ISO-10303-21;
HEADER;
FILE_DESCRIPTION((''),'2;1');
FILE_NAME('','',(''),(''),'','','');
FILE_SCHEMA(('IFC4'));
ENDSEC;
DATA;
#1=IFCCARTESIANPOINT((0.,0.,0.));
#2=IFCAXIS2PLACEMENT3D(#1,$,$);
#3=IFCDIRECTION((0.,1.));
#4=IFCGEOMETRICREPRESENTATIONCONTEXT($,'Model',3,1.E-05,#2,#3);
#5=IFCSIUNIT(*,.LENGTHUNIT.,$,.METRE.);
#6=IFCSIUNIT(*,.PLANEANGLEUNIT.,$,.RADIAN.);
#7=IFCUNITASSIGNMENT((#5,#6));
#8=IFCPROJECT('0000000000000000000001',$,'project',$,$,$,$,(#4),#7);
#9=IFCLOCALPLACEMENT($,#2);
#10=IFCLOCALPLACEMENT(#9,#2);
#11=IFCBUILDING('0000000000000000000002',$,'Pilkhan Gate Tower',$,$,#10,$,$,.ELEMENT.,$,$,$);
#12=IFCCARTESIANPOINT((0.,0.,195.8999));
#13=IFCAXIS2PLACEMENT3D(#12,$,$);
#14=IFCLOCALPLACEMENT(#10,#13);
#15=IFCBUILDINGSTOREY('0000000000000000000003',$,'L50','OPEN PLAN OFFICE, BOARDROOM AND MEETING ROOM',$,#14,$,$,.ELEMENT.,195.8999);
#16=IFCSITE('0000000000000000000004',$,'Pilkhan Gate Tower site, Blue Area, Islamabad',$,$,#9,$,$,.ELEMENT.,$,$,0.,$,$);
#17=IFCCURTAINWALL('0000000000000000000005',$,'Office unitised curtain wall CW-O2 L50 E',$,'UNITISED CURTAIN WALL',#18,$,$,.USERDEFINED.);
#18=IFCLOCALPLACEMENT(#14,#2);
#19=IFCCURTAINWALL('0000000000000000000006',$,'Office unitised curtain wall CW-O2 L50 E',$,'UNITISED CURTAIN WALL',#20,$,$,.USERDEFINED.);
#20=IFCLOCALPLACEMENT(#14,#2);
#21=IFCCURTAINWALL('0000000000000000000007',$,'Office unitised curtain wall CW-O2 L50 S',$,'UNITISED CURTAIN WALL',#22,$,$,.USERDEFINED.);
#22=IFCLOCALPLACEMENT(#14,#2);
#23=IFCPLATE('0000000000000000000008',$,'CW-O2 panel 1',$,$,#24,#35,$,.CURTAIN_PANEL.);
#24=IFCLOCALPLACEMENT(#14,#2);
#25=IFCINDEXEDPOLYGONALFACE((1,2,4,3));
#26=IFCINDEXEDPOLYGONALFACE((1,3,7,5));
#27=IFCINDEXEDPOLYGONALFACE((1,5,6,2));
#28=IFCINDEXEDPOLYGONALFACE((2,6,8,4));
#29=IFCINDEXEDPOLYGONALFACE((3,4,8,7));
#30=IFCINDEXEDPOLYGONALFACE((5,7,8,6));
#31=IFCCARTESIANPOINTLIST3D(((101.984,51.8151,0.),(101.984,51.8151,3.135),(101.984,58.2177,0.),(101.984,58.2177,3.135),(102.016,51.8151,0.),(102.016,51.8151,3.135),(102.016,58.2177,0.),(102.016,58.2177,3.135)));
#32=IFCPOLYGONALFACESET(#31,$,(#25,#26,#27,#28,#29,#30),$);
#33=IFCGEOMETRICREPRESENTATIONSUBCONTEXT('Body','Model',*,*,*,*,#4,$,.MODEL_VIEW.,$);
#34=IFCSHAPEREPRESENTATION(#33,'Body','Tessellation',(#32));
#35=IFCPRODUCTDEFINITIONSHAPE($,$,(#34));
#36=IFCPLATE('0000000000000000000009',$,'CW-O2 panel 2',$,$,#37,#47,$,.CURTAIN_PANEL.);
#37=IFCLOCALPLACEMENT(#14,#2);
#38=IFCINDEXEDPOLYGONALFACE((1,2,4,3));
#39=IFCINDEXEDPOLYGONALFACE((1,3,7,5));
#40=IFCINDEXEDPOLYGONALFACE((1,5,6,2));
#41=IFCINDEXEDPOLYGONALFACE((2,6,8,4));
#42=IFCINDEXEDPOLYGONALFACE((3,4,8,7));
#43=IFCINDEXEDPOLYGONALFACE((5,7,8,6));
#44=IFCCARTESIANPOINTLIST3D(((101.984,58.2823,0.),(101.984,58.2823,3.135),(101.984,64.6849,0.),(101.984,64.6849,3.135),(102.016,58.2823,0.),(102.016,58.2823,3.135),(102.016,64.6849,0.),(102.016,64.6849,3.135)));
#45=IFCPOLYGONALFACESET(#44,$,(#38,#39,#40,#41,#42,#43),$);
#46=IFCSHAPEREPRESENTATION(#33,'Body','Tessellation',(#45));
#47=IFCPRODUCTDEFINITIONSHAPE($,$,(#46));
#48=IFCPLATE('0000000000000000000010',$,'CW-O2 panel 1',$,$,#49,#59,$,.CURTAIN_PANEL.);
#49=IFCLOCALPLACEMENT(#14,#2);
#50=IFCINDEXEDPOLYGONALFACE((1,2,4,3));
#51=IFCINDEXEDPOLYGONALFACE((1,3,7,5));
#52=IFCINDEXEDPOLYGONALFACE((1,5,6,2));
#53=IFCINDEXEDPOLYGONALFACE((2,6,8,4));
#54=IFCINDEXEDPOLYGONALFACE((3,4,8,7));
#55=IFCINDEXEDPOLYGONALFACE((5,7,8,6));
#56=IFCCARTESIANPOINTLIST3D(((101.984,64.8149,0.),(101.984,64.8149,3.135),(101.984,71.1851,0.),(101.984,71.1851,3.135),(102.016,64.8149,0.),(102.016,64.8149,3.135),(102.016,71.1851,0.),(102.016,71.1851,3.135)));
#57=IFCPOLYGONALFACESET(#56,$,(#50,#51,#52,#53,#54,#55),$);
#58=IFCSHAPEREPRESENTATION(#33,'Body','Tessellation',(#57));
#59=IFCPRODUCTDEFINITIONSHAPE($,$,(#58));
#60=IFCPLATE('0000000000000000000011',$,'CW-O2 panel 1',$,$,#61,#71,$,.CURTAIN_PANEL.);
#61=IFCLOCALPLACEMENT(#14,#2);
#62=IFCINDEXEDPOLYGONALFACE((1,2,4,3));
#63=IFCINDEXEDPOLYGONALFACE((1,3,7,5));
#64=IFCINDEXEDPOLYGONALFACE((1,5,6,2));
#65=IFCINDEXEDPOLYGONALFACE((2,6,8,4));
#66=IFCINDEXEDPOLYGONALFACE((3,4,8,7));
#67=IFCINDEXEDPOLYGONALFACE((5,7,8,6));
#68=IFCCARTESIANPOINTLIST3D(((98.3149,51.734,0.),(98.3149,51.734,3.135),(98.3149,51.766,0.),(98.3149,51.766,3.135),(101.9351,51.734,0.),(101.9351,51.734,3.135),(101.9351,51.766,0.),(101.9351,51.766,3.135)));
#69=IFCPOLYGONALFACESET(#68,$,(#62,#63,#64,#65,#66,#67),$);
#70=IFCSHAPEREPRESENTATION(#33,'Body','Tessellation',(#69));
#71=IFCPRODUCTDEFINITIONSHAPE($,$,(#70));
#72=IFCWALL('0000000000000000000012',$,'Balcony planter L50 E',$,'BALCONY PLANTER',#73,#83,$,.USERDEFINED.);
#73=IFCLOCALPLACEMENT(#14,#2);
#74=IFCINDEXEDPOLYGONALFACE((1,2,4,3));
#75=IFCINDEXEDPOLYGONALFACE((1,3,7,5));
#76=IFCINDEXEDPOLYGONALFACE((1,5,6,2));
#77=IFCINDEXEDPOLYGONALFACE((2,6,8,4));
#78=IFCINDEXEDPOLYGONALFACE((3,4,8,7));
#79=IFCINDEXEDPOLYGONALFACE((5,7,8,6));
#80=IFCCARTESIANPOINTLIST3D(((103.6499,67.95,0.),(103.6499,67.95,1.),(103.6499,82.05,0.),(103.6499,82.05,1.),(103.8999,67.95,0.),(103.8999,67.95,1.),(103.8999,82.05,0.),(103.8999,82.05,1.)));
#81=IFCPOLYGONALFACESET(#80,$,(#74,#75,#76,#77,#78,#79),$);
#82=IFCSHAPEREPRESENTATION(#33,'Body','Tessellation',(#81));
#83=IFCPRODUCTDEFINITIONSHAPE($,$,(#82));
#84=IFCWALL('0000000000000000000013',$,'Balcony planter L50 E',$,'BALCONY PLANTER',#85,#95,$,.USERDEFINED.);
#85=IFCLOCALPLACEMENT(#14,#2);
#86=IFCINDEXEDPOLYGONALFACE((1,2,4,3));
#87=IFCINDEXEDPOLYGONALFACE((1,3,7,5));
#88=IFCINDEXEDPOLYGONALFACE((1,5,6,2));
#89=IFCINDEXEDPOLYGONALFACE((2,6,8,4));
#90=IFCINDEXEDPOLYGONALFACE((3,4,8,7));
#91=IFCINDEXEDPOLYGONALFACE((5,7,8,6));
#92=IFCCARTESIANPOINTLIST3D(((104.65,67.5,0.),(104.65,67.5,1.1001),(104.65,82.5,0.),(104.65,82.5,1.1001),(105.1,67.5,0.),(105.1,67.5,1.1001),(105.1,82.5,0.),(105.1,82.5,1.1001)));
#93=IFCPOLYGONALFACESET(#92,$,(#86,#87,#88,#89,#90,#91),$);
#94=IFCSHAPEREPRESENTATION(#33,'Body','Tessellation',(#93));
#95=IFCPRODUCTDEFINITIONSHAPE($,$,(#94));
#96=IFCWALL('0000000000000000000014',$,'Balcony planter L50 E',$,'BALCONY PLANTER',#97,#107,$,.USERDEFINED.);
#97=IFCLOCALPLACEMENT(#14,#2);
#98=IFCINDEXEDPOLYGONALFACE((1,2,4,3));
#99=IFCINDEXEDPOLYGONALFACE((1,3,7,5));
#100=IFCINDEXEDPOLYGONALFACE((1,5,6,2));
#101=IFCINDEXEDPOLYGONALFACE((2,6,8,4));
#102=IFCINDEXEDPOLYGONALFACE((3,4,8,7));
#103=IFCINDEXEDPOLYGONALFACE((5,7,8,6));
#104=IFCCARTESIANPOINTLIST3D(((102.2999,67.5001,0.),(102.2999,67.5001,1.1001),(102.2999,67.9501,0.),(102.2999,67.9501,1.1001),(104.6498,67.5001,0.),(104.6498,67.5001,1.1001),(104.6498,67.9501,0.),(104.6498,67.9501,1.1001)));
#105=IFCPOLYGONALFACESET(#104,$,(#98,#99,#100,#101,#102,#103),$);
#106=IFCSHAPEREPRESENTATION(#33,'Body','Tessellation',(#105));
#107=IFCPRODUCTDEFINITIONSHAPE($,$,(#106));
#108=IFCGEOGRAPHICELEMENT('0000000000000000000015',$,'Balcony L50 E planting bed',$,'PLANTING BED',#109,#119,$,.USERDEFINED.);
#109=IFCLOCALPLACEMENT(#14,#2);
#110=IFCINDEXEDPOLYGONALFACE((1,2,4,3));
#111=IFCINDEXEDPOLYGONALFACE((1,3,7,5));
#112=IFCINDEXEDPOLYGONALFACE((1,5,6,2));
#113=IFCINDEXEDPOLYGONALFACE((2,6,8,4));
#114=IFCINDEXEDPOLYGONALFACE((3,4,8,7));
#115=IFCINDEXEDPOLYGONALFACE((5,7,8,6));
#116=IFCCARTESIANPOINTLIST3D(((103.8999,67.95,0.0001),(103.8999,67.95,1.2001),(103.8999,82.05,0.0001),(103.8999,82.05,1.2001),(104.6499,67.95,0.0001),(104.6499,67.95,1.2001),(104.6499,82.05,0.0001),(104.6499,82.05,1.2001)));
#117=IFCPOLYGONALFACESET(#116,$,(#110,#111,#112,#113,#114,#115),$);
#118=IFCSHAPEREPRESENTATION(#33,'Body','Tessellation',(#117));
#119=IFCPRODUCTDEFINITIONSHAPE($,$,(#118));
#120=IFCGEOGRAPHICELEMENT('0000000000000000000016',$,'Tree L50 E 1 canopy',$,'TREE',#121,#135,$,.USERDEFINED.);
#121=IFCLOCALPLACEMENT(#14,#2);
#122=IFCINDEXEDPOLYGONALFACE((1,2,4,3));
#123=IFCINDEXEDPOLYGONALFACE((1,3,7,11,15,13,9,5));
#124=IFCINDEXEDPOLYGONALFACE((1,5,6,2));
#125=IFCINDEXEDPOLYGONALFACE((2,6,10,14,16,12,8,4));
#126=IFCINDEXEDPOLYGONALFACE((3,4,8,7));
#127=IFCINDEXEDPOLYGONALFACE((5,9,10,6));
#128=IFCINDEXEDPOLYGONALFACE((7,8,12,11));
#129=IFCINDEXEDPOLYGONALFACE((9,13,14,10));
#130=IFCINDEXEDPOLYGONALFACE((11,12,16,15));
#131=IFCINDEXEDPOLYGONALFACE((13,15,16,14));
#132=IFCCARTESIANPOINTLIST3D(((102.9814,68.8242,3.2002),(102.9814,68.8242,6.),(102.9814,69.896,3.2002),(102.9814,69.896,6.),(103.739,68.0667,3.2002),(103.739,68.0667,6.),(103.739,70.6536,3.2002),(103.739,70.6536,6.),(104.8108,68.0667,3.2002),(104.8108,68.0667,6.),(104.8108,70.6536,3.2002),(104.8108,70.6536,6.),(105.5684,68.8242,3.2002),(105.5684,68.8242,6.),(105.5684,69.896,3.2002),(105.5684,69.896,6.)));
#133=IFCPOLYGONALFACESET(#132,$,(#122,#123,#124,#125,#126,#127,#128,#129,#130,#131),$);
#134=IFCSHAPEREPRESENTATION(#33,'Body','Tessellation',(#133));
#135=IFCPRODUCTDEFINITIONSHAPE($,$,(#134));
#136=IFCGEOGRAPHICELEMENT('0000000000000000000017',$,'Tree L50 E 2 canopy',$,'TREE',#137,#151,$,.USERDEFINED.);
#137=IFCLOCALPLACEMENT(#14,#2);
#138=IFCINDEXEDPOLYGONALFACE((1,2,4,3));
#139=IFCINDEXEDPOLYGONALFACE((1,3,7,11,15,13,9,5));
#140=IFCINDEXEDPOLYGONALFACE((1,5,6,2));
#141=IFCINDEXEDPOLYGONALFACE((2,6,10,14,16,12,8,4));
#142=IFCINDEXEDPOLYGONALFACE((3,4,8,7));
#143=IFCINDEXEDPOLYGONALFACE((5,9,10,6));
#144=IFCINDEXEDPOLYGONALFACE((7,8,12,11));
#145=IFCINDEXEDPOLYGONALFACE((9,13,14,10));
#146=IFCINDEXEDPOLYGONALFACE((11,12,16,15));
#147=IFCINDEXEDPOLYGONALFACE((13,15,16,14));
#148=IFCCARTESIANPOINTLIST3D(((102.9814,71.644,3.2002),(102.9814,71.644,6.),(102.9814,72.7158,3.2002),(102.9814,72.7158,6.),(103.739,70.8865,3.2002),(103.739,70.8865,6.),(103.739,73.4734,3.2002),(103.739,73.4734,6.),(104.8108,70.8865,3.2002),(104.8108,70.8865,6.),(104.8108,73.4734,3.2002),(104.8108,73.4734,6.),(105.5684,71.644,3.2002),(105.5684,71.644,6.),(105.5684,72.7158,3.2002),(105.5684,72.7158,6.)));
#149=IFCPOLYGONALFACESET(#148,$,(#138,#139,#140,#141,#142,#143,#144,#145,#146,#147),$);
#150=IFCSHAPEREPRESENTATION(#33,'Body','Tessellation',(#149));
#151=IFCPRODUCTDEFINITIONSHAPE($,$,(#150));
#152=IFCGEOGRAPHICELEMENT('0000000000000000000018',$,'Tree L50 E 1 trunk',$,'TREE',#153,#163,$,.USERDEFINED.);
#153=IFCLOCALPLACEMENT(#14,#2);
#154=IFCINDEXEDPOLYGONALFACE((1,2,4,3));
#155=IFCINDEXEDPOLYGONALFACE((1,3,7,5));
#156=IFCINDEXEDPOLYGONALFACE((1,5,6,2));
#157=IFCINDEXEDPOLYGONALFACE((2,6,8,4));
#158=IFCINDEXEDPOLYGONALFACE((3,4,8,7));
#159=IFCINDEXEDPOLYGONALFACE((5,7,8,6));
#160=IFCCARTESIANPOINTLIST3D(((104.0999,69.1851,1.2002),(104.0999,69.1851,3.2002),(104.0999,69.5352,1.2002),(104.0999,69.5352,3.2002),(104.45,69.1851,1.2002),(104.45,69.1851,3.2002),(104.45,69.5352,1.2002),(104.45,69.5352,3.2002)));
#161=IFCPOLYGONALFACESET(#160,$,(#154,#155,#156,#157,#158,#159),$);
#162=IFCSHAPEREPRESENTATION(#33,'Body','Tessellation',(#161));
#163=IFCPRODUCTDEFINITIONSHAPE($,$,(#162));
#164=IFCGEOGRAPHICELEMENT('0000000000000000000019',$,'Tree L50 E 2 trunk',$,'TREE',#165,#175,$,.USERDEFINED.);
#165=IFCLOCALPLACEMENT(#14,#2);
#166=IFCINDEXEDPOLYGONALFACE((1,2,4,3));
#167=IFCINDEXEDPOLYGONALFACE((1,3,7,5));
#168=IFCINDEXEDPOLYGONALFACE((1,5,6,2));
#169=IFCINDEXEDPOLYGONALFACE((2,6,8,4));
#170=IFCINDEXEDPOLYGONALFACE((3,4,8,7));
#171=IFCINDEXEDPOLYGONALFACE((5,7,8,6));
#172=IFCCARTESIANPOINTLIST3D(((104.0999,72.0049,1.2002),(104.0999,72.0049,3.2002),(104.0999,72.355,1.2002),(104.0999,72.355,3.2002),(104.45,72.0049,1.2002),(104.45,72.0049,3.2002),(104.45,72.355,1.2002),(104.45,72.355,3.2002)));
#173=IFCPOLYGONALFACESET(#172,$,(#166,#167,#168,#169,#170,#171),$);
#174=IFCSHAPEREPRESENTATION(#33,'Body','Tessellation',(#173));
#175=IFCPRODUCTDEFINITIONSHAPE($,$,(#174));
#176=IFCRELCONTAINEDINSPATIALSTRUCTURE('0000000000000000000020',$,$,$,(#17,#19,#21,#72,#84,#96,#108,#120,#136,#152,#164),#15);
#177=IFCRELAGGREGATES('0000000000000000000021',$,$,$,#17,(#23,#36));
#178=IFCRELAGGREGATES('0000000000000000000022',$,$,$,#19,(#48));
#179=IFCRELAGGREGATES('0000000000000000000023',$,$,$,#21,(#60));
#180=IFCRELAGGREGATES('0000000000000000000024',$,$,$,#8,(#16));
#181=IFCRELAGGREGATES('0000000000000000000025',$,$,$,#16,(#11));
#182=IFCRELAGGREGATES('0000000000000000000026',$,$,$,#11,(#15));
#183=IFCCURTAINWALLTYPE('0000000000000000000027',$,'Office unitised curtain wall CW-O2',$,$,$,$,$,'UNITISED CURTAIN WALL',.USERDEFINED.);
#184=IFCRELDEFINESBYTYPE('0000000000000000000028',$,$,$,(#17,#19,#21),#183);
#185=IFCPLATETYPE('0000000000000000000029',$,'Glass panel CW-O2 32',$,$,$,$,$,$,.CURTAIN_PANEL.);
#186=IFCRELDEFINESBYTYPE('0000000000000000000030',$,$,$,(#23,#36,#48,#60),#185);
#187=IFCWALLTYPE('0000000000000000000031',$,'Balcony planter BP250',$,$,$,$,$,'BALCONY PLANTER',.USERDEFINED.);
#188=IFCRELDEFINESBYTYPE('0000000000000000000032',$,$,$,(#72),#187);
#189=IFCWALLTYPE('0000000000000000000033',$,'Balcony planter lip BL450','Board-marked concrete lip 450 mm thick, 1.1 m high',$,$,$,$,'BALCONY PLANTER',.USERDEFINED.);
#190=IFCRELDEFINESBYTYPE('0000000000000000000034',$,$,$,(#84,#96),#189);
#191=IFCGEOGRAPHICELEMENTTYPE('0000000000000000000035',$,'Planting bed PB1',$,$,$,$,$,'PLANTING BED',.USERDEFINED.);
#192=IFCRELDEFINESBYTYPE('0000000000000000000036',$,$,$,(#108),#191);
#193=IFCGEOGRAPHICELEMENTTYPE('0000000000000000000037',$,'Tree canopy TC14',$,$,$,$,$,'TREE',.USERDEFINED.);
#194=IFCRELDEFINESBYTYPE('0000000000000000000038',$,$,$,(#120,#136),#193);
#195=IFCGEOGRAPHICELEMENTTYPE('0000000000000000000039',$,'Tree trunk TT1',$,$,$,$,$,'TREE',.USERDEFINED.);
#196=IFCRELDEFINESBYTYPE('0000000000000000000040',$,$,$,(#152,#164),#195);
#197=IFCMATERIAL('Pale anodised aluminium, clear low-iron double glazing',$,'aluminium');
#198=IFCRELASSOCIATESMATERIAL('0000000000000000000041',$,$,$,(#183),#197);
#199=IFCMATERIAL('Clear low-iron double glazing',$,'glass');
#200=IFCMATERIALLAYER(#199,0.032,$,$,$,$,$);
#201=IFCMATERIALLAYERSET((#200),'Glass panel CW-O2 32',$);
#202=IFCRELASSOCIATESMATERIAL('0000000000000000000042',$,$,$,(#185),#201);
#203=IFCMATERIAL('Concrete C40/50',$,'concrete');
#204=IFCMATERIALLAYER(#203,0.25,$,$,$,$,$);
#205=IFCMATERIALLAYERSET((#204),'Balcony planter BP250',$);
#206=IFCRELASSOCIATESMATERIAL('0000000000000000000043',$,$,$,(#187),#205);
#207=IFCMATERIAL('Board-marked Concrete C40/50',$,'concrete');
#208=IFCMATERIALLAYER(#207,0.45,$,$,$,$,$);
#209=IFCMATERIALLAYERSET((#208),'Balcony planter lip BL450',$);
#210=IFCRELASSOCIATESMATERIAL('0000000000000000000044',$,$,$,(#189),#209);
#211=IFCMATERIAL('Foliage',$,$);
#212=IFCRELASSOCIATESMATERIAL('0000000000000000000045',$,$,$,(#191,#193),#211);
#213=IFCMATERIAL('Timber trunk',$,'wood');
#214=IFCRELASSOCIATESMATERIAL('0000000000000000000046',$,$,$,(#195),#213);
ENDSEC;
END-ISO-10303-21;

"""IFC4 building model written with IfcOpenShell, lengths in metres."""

from ifc_helpers import new_model, si_unit, direction, frame, frame_2d, origin, origin_2d, place, context, subcontext, project, spatial, polyline, rectangle, outline, extrude, material, layer, layer_set, material_profile, profile_set, type_object, element, aggregate, save


model = new_model("IFC4")

# Units and contexts
model_context = context("Model", 3, precision=1e-05, world=origin(), true_north=direction((0.0, 1.0)))
body_context = subcontext(model_context, "Body", "Model", "MODEL_VIEW")
ifc_project = project(units=[si_unit("LENGTHUNIT", "METRE"), si_unit("PLANEANGLEUNIT", "RADIAN")], contexts=[model_context])

# Site, building, storey
site_placement = place(None, origin())
site = spatial("IfcSite", under=ifc_project, at=site_placement, Name="Pilkhan Gate Tower site, Blue Area, Islamabad", CompositionType="ELEMENT", RefElevation=0.0)
building_placement = place(site_placement, origin())
building = spatial("IfcBuilding", under=site, at=building_placement, Name="Pilkhan Gate Tower", CompositionType="ELEMENT")
storey_placement = place(building_placement, frame((0.0, 0.0, 195.8999)))
storey = spatial("IfcBuildingStorey", under=building, at=storey_placement, Name="L50", Description="OPEN PLAN OFFICE, BOARDROOM AND MEETING ROOM", CompositionType="ELEMENT", Elevation=195.8999)

# Curtain walls
ifc_material_1 = material(Name="Pale anodised aluminium, clear low-iron double glazing", Category="aluminium")
curtain_wall_type = type_object("IfcCurtainWallType", Name="Office unitised curtain wall CW-O2", ElementType="UNITISED CURTAIN WALL", PredefinedType="USERDEFINED", material=ifc_material_1)
curtain_wall_1_placement = place(storey_placement, origin())
curtain_wall_1 = element("IfcCurtainWall", 1, at=curtain_wall_1_placement, inside=storey, type_object=curtain_wall_type, Name="Office unitised curtain wall CW-O2 L50 E", ObjectType="UNITISED CURTAIN WALL", PredefinedType="USERDEFINED")
curtain_wall_2_placement = place(storey_placement, origin())
curtain_wall_2 = element("IfcCurtainWall", 2, at=curtain_wall_2_placement, inside=storey, type_object=curtain_wall_type, Name="Office unitised curtain wall CW-O2 L50 E", ObjectType="UNITISED CURTAIN WALL", PredefinedType="USERDEFINED")
curtain_wall_3_placement = place(storey_placement, origin())
curtain_wall_3 = element("IfcCurtainWall", 3, at=curtain_wall_3_placement, inside=storey, type_object=curtain_wall_type, Name="Office unitised curtain wall CW-O2 L50 S", ObjectType="UNITISED CURTAIN WALL", PredefinedType="USERDEFINED")

# Plates
ifc_material_2 = material(Name="Clear low-iron double glazing", Category="glass")
ifc_layer_1 = layer(ifc_material_2, 0.032)
ifc_layer_set_1 = layer_set([ifc_layer_1], Name="Glass panel CW-O2 32")
plate_type = type_object("IfcPlateType", Name="Glass panel CW-O2 32", PredefinedType="CURTAIN_PANEL", material=ifc_layer_set_1)
plate_1_placement = place(storey_placement, frame((102.0, 55.0164, 0.0), z_axis=(0.0, 0.0, 1.0), x_axis=(0.0, 1.0, 0.0)))
plate_1 = element("IfcPlate", 4, at=plate_1_placement, type_object=plate_type, Name="CW-O2 panel 1", PredefinedType="CURTAIN_PANEL", context=body_context, shape_type="SweptSolid", body=[
    extrude(rectangle(XDim=6.4026, YDim=0.032, at=origin_2d()), origin(), (0.0, 0.0, 1.0), 3.135),
])
plate_2_placement = place(storey_placement, frame((102.0, 61.4836, 0.0), z_axis=(0.0, 0.0, 1.0), x_axis=(0.0, 1.0, 0.0)))
plate_2 = element("IfcPlate", 5, at=plate_2_placement, type_object=plate_type, Name="CW-O2 panel 2", PredefinedType="CURTAIN_PANEL", context=body_context, shape_type="SweptSolid", body=[
    extrude(rectangle(XDim=6.4026, YDim=0.032, at=origin_2d()), origin(), (0.0, 0.0, 1.0), 3.135),
])
aggregate(curtain_wall_1, [plate_1, plate_2])
plate_3_placement = place(storey_placement, frame((102.0, 68.0, 0.0), z_axis=(0.0, 0.0, 1.0), x_axis=(0.0, 1.0, 0.0)))
plate_3 = element("IfcPlate", 6, at=plate_3_placement, type_object=plate_type, Name="CW-O2 panel 1", PredefinedType="CURTAIN_PANEL", context=body_context, shape_type="SweptSolid", body=[
    extrude(rectangle(XDim=6.3701, YDim=0.032, at=origin_2d()), origin(), (0.0, 0.0, 1.0), 3.135),
])
aggregate(curtain_wall_2, [plate_3])
plate_4_placement = place(storey_placement, frame((100.125, 51.75, 0.0), z_axis=(0.0, 0.0, 1.0), x_axis=(1.0, 0.0, 0.0)))
plate_4 = element("IfcPlate", 7, at=plate_4_placement, type_object=plate_type, Name="CW-O2 panel 1", PredefinedType="CURTAIN_PANEL", context=body_context, shape_type="SweptSolid", body=[
    extrude(rectangle(XDim=3.6201, YDim=0.032, at=origin_2d()), origin(), (0.0, 0.0, 1.0), 3.135),
])
aggregate(curtain_wall_3, [plate_4])

# Walls
ifc_material_3 = material(Name="Concrete C40/50", Category="concrete")
ifc_layer_2 = layer(ifc_material_3, 0.25)
ifc_layer_set_2 = layer_set([ifc_layer_2], Name="Balcony planter BP250")
wall_type_1 = type_object("IfcWallType", Name="Balcony planter BP250", ElementType="BALCONY PLANTER", PredefinedType="USERDEFINED", material=ifc_layer_set_2)
wall_1_placement = place(storey_placement, frame((103.7749, 67.95, 0.0), z_axis=(0.0, 0.0, 1.0), x_axis=(0.0, 1.0, 0.0)))
element("IfcWall", 8, at=wall_1_placement, inside=storey, type_object=wall_type_1, Name="Balcony planter L50 E", ObjectType="BALCONY PLANTER", PredefinedType="USERDEFINED", context=body_context, shape_type="SweptSolid", body=[
    extrude(rectangle(XDim=14.1001, YDim=0.25, at=frame_2d((7.05, 0.0))), origin(), (0.0, 0.0, 1.0), 1.0),
])
ifc_material_4 = material(Name="Board-marked Concrete C40/50", Category="concrete")
ifc_layer_3 = layer(ifc_material_4, 0.45)
ifc_layer_set_3 = layer_set([ifc_layer_3], Name="Balcony planter lip BL450")
wall_type_2 = type_object("IfcWallType", Name="Balcony planter lip BL450", Description="Board-marked concrete lip 450 mm thick, 1.1 m high", ElementType="BALCONY PLANTER", PredefinedType="USERDEFINED", material=ifc_layer_set_3)
wall_2_placement = place(storey_placement, frame((104.875, 67.5, 0.0), z_axis=(0.0, 0.0, 1.0), x_axis=(0.0, 1.0, 0.0)))
element("IfcWall", 9, at=wall_2_placement, inside=storey, type_object=wall_type_2, Name="Balcony planter L50 E", ObjectType="BALCONY PLANTER", PredefinedType="USERDEFINED", context=body_context, shape_type="SweptSolid", body=[
    extrude(rectangle(XDim=15.0, YDim=0.45, at=frame_2d((7.5, 0.0))), origin(), (0.0, 0.0, 1.0), 1.1001),
])
wall_3_placement = place(storey_placement, frame((102.3, 67.7251, 0.0), z_axis=(0.0, 0.0, 1.0), x_axis=(1.0, 0.0, 0.0)))
element("IfcWall", 10, at=wall_3_placement, inside=storey, type_object=wall_type_2, Name="Balcony planter L50 E", ObjectType="BALCONY PLANTER", PredefinedType="USERDEFINED", context=body_context, shape_type="SweptSolid", body=[
    extrude(rectangle(XDim=2.3499, YDim=0.45, at=frame_2d((1.1748, 0.0))), origin(), (0.0, 0.0, 1.0), 1.1001),
])

# Geographic elements
ifc_material_5 = material(Name="Foliage")
ifc_material_profile_1 = material_profile(ifc_material_5, rectangle(XDim=0.75, YDim=1.2, at=origin_2d()), Name="Bed 750x1200")
ifc_profile_set_1 = profile_set([ifc_material_profile_1], Name="Foliage")
geographic_element_type_1 = type_object("IfcGeographicElementType", Name="Planting bed PB1", ElementType="PLANTING BED", PredefinedType="USERDEFINED", material=ifc_profile_set_1)
geographic_element_placement = place(storey_placement, frame((104.2749, 67.95, 0.6001), z_axis=(0.0, 1.0, 0.0), x_axis=(-1.0, 0.0, 0.0)))
element("IfcGeographicElement", 11, at=geographic_element_placement, inside=storey, type_object=geographic_element_type_1, Name="Balcony L50 E planting bed", ObjectType="PLANTING BED", PredefinedType="USERDEFINED", context=body_context, shape_type="SweptSolid", body=[
    extrude(rectangle(XDim=0.75, YDim=1.2, at=origin_2d()), origin(), (0.0, 0.0, 1.0), 14.1001),
])
ifc_material_profile_2 = material_profile(ifc_material_5, outline(polyline([(1.2935, 0.5359), (0.5359, 1.2935), (-0.5359, 1.2935), (-1.2935, 0.5359), (-1.2935, -0.5359), (-0.5359, -1.2935), (0.5359, -1.2935), (1.2935, -0.5359), (1.2935, 0.5359)])), Name="Canopy D2.8")
ifc_profile_set_2 = profile_set([ifc_material_profile_2], Name="Foliage")
geographic_element_type_2 = type_object("IfcGeographicElementType", Name="Tree canopy TC14", ElementType="TREE", PredefinedType="USERDEFINED", material=ifc_profile_set_2)
for number, where, z_axis, x_axis, name in (
    (12, (104.2749, 69.3601, 3.2002), (0.0, 0.0, 1.0), (1.0, 0.0, 0.0), "Tree L50 E 1 canopy"),
    (13, (104.2749, 72.1799, 3.2002), (0.0, 0.0, 1.0), (1.0, 0.0, 0.0), "Tree L50 E 2 canopy"),
):
    element("IfcGeographicElement", number, at=place(storey_placement, frame(where, z_axis=z_axis, x_axis=x_axis)), inside=storey, type_object=geographic_element_type_2, Name=name, ObjectType="TREE", PredefinedType="USERDEFINED", context=body_context, shape_type="SweptSolid", body=[
        extrude(outline(polyline([(1.2935, 0.5359), (0.5359, 1.2935), (-0.5359, 1.2935), (-1.2935, 0.5359), (-1.2935, -0.5359), (-0.5359, -1.2935), (0.5359, -1.2935), (1.2935, -0.5359), (1.2935, 0.5359)])), origin(), (0.0, 0.0, 1.0), 2.7998),
    ])
ifc_material_6 = material(Name="Timber trunk", Category="wood")
geographic_element_type_3 = type_object("IfcGeographicElementType", Name="Tree trunk TT1", ElementType="TREE", PredefinedType="USERDEFINED", material=ifc_material_6)
for number, where, z_axis, x_axis, name in (
    (14, (104.2749, 69.3601, 1.2002), (0.0, 0.0, 1.0), (1.0, 0.0, 0.0), "Tree L50 E 1 trunk"),
    (15, (104.2749, 72.1799, 1.2002), (0.0, 0.0, 1.0), (1.0, 0.0, 0.0), "Tree L50 E 2 trunk"),
):
    element("IfcGeographicElement", number, at=place(storey_placement, frame(where, z_axis=z_axis, x_axis=x_axis)), inside=storey, type_object=geographic_element_type_3, Name=name, ObjectType="TREE", PredefinedType="USERDEFINED", context=body_context, shape_type="SweptSolid", body=[
        extrude(rectangle(XDim=0.3501, YDim=0.3501, at=origin_2d()), origin(), (0.0, 0.0, 1.0), 2.0),
    ])

save(model, "model.ifc")
